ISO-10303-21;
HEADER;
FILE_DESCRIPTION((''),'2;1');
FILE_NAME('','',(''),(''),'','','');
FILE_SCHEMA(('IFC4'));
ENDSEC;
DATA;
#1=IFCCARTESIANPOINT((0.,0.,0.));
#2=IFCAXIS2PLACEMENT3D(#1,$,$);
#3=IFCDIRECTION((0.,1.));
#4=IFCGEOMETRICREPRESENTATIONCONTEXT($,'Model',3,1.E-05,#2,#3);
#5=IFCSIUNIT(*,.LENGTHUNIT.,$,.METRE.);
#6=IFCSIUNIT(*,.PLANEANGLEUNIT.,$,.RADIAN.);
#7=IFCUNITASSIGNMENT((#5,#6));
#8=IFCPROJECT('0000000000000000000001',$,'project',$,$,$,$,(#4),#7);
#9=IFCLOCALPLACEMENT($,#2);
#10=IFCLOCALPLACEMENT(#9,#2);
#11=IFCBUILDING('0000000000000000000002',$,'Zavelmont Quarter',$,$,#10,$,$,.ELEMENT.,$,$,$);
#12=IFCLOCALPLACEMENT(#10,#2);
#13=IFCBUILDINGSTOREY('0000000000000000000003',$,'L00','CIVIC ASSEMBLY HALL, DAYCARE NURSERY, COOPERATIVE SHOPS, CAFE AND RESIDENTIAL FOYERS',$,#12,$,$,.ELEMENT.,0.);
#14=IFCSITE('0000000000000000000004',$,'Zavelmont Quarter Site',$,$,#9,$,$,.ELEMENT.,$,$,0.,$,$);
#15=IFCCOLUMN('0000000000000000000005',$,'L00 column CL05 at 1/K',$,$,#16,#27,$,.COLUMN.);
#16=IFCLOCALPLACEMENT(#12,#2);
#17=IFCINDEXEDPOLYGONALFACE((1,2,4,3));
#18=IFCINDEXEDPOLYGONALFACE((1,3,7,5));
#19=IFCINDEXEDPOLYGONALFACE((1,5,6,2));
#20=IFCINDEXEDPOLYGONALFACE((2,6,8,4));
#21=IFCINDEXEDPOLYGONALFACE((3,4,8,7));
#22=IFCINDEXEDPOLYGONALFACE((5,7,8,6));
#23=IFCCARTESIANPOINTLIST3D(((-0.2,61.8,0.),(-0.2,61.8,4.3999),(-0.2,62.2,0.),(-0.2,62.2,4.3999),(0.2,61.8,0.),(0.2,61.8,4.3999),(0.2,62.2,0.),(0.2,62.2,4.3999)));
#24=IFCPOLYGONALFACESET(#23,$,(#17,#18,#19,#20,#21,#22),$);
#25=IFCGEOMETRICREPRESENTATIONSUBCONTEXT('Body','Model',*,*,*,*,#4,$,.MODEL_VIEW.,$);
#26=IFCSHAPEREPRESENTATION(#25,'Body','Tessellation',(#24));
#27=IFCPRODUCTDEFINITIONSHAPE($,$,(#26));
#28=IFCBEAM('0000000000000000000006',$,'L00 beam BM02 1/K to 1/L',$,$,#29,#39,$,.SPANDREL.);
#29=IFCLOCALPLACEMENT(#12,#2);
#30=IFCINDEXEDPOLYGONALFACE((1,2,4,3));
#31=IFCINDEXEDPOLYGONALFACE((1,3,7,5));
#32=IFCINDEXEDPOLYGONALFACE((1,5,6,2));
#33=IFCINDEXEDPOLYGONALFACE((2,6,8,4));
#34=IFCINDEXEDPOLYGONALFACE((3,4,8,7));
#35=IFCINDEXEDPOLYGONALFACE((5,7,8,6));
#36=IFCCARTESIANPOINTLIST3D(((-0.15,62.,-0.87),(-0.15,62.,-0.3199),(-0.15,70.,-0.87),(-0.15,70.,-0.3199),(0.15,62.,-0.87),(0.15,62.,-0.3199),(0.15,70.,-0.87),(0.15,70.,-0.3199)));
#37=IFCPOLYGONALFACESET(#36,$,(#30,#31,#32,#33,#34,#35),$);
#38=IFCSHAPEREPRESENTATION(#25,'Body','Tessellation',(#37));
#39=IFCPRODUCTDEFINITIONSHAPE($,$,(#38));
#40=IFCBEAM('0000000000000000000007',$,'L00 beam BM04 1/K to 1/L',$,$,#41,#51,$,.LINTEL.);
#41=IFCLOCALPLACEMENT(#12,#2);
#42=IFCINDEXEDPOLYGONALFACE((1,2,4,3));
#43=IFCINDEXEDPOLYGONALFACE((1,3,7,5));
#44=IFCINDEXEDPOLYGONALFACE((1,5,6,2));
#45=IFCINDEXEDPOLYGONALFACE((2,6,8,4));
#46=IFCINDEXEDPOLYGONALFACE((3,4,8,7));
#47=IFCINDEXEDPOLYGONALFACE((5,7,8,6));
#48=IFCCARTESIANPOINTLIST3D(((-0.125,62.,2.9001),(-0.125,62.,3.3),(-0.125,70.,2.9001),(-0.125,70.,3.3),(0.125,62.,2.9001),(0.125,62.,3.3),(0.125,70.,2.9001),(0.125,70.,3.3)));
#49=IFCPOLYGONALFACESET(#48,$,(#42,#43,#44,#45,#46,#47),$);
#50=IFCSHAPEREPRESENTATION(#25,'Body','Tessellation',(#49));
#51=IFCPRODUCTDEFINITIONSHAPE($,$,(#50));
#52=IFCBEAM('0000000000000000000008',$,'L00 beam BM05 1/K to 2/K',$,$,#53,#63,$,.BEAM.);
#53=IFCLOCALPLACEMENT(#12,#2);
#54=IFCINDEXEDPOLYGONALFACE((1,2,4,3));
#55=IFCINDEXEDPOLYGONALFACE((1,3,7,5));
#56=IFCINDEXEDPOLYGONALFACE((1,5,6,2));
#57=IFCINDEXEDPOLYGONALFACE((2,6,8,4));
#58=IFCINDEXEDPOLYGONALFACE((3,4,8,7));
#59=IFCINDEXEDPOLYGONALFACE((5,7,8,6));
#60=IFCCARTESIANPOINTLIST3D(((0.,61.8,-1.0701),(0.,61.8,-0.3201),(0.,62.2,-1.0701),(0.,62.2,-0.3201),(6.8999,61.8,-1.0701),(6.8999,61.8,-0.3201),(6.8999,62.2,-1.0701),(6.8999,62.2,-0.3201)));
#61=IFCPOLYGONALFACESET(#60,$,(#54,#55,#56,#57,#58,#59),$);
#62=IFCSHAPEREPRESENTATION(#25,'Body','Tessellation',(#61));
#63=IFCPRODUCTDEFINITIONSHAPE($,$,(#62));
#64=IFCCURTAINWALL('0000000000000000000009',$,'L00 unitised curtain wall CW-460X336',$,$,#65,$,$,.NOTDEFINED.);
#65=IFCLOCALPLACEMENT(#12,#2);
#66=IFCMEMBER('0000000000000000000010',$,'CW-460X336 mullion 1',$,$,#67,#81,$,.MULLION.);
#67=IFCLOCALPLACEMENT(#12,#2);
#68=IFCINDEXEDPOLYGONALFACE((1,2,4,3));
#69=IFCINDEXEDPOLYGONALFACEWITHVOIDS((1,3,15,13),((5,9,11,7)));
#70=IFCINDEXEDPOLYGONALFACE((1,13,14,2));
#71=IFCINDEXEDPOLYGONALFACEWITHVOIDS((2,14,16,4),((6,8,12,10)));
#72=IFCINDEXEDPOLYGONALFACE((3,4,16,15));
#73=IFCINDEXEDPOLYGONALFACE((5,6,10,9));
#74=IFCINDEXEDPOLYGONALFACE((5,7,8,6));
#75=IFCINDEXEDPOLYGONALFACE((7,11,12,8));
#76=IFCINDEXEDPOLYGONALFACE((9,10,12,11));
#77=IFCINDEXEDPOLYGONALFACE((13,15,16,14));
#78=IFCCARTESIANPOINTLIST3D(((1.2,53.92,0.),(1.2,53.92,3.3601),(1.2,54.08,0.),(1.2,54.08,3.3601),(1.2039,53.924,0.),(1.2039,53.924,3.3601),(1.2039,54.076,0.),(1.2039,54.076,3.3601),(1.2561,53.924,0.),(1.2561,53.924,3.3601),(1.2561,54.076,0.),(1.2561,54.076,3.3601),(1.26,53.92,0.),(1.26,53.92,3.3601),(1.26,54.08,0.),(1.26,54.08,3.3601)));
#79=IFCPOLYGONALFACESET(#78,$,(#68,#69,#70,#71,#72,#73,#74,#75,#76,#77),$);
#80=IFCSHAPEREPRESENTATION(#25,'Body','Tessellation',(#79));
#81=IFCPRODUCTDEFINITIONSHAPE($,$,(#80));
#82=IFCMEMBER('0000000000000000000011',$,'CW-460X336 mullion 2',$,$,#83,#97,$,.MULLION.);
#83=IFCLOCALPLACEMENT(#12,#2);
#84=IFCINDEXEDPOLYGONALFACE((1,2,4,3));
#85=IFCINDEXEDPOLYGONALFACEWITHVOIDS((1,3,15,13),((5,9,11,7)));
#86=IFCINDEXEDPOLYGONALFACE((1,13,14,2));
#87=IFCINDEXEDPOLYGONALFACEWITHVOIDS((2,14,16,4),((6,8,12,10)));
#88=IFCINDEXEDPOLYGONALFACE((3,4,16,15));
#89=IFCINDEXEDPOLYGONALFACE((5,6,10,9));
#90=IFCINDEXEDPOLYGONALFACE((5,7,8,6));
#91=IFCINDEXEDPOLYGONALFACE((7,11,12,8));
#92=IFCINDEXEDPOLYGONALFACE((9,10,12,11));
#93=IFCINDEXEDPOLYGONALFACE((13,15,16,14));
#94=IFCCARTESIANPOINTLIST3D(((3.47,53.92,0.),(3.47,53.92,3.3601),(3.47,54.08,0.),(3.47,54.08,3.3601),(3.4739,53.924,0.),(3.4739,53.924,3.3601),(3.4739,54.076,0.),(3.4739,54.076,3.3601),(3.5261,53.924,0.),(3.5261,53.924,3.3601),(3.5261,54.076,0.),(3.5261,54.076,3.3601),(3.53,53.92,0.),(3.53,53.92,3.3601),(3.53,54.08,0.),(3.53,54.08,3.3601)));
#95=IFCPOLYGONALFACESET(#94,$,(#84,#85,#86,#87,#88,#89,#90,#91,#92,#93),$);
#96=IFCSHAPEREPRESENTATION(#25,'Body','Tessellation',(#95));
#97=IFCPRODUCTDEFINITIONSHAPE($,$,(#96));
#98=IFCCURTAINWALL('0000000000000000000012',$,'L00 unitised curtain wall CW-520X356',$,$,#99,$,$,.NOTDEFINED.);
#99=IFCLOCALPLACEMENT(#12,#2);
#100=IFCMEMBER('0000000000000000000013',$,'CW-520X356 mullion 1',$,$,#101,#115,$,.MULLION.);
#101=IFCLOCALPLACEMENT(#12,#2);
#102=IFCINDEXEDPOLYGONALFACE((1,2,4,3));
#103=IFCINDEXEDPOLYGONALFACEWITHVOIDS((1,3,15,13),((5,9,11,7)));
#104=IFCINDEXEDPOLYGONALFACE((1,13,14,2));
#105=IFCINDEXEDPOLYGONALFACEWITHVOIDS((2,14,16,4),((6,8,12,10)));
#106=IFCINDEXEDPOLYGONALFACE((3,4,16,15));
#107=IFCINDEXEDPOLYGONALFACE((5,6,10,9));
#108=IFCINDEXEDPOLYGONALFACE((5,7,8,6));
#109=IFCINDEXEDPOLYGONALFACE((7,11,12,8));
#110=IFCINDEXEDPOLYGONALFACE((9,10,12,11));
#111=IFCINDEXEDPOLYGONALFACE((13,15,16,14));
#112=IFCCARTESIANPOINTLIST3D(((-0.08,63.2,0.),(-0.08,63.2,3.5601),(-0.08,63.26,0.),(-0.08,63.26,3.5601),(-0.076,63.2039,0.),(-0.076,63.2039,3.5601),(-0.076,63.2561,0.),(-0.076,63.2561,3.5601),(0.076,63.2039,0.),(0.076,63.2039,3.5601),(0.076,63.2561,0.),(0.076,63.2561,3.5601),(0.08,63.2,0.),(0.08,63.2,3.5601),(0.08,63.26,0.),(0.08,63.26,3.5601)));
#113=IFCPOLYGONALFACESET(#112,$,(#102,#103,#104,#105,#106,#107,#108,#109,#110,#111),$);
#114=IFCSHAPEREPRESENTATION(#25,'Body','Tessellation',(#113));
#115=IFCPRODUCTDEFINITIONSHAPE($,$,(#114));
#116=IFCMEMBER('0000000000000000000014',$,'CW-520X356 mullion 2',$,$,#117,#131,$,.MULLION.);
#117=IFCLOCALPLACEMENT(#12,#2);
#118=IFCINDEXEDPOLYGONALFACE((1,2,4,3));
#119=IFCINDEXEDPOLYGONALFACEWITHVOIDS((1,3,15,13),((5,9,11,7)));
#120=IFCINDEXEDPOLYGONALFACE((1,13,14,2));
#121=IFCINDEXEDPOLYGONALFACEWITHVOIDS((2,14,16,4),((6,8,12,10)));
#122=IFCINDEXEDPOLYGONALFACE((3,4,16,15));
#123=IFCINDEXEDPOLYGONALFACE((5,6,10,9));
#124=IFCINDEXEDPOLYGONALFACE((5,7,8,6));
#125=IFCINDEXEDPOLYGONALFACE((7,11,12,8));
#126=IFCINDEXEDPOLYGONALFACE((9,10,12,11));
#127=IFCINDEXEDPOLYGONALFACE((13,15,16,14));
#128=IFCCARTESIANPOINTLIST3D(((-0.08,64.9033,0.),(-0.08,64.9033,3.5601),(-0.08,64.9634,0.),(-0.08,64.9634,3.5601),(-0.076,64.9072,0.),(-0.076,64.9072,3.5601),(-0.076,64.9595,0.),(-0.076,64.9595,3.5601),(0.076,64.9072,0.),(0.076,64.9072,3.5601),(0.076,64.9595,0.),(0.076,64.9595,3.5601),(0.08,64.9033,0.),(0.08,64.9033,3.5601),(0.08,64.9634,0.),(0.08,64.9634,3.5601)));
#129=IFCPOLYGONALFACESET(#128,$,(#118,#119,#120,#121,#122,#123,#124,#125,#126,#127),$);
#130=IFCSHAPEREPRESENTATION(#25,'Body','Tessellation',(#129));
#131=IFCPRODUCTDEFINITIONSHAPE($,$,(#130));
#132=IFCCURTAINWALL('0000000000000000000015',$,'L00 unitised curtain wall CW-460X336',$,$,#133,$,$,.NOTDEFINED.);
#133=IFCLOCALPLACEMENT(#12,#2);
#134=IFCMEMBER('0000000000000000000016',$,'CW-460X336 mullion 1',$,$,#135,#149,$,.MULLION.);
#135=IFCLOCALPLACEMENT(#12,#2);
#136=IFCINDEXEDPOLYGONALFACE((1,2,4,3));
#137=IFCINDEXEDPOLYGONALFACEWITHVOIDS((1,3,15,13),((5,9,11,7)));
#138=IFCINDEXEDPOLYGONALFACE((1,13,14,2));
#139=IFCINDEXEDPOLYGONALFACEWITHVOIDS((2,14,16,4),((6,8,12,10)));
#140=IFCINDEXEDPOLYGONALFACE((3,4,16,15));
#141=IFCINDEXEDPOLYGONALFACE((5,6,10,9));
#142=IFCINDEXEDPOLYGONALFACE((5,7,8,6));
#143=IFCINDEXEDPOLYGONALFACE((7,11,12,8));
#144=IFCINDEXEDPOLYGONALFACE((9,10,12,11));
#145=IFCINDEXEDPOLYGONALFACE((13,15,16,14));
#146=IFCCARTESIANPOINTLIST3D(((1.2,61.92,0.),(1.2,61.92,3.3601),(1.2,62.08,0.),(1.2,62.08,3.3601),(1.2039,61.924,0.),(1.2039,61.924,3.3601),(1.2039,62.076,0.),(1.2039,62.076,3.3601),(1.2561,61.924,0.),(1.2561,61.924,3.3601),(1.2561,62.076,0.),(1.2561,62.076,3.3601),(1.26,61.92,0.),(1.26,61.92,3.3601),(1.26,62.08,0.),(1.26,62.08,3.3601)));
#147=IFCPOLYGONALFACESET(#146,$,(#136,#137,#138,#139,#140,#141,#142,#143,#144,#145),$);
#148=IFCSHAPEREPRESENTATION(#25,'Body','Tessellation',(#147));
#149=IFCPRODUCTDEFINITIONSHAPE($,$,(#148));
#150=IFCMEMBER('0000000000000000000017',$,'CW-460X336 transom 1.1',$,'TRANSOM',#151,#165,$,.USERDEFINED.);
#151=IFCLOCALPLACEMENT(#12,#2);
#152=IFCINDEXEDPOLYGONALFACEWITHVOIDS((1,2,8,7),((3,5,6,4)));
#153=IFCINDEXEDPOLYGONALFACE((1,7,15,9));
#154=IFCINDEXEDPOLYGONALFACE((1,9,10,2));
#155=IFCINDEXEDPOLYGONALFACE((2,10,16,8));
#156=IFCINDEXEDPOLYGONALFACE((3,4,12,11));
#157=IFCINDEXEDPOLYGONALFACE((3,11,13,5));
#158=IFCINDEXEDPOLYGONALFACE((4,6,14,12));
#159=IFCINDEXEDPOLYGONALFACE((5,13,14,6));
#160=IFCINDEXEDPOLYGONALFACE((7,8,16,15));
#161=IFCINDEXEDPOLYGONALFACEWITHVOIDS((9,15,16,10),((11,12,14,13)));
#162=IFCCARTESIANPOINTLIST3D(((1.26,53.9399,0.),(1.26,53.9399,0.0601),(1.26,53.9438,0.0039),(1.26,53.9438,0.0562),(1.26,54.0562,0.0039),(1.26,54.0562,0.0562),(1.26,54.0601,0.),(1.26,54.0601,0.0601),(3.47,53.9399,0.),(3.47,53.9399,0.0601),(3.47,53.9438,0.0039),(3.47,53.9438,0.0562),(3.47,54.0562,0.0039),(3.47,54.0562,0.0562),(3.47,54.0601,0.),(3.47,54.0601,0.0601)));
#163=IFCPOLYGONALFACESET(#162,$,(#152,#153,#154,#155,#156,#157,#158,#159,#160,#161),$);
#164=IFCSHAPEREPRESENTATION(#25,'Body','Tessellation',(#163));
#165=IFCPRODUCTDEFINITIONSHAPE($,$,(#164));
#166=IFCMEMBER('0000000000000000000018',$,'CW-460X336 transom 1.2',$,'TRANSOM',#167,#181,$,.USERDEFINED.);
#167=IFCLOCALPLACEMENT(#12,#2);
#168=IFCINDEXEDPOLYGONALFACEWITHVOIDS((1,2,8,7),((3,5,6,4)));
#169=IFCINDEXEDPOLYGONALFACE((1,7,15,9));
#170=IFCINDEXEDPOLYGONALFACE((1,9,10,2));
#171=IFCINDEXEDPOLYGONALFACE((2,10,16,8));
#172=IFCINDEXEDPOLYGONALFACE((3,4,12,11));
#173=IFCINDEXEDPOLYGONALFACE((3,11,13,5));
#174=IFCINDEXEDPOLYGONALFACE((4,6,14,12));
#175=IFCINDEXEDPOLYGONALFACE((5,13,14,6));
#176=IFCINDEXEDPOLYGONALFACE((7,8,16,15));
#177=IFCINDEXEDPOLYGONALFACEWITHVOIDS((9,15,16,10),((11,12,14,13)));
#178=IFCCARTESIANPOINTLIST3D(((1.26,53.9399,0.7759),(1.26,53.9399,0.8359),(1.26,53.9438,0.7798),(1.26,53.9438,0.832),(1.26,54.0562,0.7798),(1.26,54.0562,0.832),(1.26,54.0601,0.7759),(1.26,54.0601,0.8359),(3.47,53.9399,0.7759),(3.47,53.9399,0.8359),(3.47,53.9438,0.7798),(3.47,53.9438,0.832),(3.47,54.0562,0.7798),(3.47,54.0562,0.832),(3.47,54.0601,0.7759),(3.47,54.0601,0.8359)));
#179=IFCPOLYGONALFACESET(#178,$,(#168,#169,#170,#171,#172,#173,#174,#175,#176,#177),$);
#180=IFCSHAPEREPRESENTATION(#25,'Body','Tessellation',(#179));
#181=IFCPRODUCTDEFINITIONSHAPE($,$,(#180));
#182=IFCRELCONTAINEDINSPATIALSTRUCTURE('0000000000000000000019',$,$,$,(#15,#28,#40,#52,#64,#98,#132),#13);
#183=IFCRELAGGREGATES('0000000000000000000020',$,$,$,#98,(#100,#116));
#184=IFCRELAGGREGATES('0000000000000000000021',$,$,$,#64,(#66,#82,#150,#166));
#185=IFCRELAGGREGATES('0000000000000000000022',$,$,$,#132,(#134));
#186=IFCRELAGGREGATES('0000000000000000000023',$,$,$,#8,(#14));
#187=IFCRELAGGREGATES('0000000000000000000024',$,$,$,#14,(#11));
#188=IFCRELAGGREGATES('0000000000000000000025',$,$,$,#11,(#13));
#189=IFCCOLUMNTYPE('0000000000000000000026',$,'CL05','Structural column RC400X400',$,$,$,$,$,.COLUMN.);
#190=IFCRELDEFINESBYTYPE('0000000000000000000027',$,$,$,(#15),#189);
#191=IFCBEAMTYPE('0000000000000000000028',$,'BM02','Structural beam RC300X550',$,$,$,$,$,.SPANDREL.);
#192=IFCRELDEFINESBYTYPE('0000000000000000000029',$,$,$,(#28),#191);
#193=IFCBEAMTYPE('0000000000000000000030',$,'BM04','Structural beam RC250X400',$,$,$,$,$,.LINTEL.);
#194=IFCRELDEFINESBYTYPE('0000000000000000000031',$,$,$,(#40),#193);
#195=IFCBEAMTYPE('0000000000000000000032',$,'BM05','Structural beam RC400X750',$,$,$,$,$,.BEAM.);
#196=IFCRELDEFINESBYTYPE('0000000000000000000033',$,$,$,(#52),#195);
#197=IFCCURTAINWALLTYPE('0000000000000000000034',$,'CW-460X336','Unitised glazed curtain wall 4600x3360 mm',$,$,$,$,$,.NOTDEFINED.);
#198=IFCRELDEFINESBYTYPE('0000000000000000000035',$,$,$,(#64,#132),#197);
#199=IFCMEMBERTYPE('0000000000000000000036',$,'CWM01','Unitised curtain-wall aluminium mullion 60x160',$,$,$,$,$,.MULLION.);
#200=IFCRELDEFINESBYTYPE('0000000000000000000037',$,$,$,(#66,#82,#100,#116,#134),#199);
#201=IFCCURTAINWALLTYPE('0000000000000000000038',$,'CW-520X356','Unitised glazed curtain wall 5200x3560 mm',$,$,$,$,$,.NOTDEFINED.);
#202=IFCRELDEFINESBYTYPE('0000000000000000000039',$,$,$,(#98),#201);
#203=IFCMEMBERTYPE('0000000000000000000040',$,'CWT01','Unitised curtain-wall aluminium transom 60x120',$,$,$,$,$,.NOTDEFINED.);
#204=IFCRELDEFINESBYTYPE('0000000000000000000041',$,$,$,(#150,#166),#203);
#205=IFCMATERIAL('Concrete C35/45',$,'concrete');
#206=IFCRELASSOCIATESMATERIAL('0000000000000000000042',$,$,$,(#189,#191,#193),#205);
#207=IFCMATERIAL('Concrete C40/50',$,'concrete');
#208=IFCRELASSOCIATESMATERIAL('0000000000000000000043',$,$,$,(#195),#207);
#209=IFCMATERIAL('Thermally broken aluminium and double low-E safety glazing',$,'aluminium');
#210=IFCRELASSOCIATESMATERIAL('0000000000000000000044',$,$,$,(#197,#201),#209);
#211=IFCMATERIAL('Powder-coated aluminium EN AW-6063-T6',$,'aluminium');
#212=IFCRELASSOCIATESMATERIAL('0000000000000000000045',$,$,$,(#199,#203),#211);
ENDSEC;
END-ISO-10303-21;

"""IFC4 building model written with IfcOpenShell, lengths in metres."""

from ifc_helpers import new_model, si_unit, direction, frame, origin, origin_2d, place, context, subcontext, project, spatial, rectangle, hollow_rectangle, extrude, material, material_profile, profile_set, type_object, element, aggregate, save


model = new_model("IFC4")

# Units and contexts
model_context = context("Model", 3, precision=1e-05, world=origin(), true_north=direction((0.0, 1.0)))
body_context = subcontext(model_context, "Body", "Model", "MODEL_VIEW")
ifc_project = project(units=[si_unit("LENGTHUNIT", "METRE"), si_unit("PLANEANGLEUNIT", "RADIAN")], contexts=[model_context])

# Site, building, storey
site_placement = place(None, origin())
site = spatial("IfcSite", under=ifc_project, at=site_placement, Name="Zavelmont Quarter Site", CompositionType="ELEMENT", RefElevation=0.0)
building_placement = place(site_placement, origin())
building = spatial("IfcBuilding", under=site, at=building_placement, Name="Zavelmont Quarter", CompositionType="ELEMENT")
storey_placement = place(building_placement, origin())
storey = spatial("IfcBuildingStorey", under=building, at=storey_placement, Name="L00", Description="CIVIC ASSEMBLY HALL, DAYCARE NURSERY, COOPERATIVE SHOPS, CAFE AND RESIDENTIAL FOYERS", CompositionType="ELEMENT", Elevation=0.0)

# Column
ifc_material_1 = material(Name="Concrete C35/45", Category="concrete")
ifc_material_profile_1 = material_profile(ifc_material_1, rectangle(XDim=0.3999, YDim=0.3999, at=origin_2d()), Name="RC400X400")
ifc_profile_set_1 = profile_set([ifc_material_profile_1], Name="Concrete C35/45")
column_type = type_object("IfcColumnType", Name="CL05", Description="Structural column RC400X400", PredefinedType="COLUMN", material=ifc_profile_set_1)
column_placement = place(storey_placement, frame((0.0, 62.0, 0.0), z_axis=(0.0, 0.0, 1.0), x_axis=(1.0, 0.0, 0.0)))
element("IfcColumn", 1, at=column_placement, inside=storey, type_object=column_type, Name="L00 column CL05 at 1/K", PredefinedType="COLUMN", context=body_context, shape_type="SweptSolid", body=[
    extrude(rectangle(XDim=0.3999, YDim=0.3999, at=origin_2d()), origin(), (0.0, 0.0, 1.0), 4.3999),
])

# Beams
ifc_material_profile_2 = material_profile(ifc_material_1, rectangle(XDim=0.3, YDim=0.55, at=origin_2d()), Name="RC300X550")
ifc_profile_set_2 = profile_set([ifc_material_profile_2], Name="Concrete C35/45")
beam_type_1 = type_object("IfcBeamType", Name="BM02", Description="Structural beam RC300X550", PredefinedType="SPANDREL", material=ifc_profile_set_2)
beam_1_placement = place(storey_placement, frame((0.0, 62.0, -0.595), z_axis=(0.0, 1.0, 0.0), x_axis=(-1.0, 0.0, 0.0)))
element("IfcBeam", 2, at=beam_1_placement, inside=storey, type_object=beam_type_1, Name="L00 beam BM02 1/K to 1/L", PredefinedType="SPANDREL", context=body_context, shape_type="SweptSolid", body=[
    extrude(rectangle(XDim=0.3, YDim=0.55, at=origin_2d()), origin(), (0.0, 0.0, 1.0), 8.0),
])
ifc_material_profile_3 = material_profile(ifc_material_1, rectangle(XDim=0.25, YDim=0.3999, at=origin_2d()), Name="RC250X400")
ifc_profile_set_3 = profile_set([ifc_material_profile_3], Name="Concrete C35/45")
beam_type_2 = type_object("IfcBeamType", Name="BM04", Description="Structural beam RC250X400", PredefinedType="LINTEL", material=ifc_profile_set_3)
beam_2_placement = place(storey_placement, frame((0.0, 62.0, 3.1001), z_axis=(0.0, 1.0, 0.0), x_axis=(-1.0, 0.0, 0.0)))
element("IfcBeam", 3, at=beam_2_placement, inside=storey, type_object=beam_type_2, Name="L00 beam BM04 1/K to 1/L", PredefinedType="LINTEL", context=body_context, shape_type="SweptSolid", body=[
    extrude(rectangle(XDim=0.25, YDim=0.3999, at=origin_2d()), origin(), (0.0, 0.0, 1.0), 8.0),
])
ifc_material_2 = material(Name="Concrete C40/50", Category="concrete")
ifc_material_profile_4 = material_profile(ifc_material_2, rectangle(XDim=0.3999, YDim=0.75, at=origin_2d()), Name="RC400X750")
ifc_profile_set_4 = profile_set([ifc_material_profile_4], Name="Concrete C40/50")
beam_type_3 = type_object("IfcBeamType", Name="BM05", Description="Structural beam RC400X750", PredefinedType="BEAM", material=ifc_profile_set_4)
beam_3_placement = place(storey_placement, frame((0.0, 62.0, -0.6951), z_axis=(1.0, 0.0, 0.0), x_axis=(0.0, 1.0, 0.0)))
element("IfcBeam", 4, at=beam_3_placement, inside=storey, type_object=beam_type_3, Name="L00 beam BM05 1/K to 2/K", PredefinedType="BEAM", context=body_context, shape_type="SweptSolid", body=[
    extrude(rectangle(XDim=0.3999, YDim=0.75, at=origin_2d()), origin(), (0.0, 0.0, 1.0), 6.8999),
])

# Curtain walls, members
ifc_material_3 = material(Name="Thermally broken aluminium and double low-E safety glazing", Category="aluminium")
curtain_wall_type_1 = type_object("IfcCurtainWallType", Name="CW-460X336", Description="Unitised glazed curtain wall 4600x3360 mm", PredefinedType="NOTDEFINED", material=ifc_material_3)
curtain_wall_1_placement = place(storey_placement, origin())
curtain_wall_1 = element("IfcCurtainWall", 5, at=curtain_wall_1_placement, inside=storey, type_object=curtain_wall_type_1, Name="L00 unitised curtain wall CW-460X336", PredefinedType="NOTDEFINED")
ifc_material_4 = material(Name="Powder-coated aluminium EN AW-6063-T6", Category="aluminium")
ifc_material_profile_5 = material_profile(ifc_material_4, hollow_rectangle(XDim=0.0601, YDim=0.1599, WallThickness=0.0039, at=origin_2d()), Name="CWM60X160")
ifc_profile_set_5 = profile_set([ifc_material_profile_5], Name="Powder-coated aluminium EN AW-6063-T6")
member_type_1 = type_object("IfcMemberType", Name="CWM01", Description="Unitised curtain-wall aluminium mullion 60x160", PredefinedType="MULLION", material=ifc_profile_set_5)
member_1_placement = place(storey_placement, frame((1.23, 54.0, 0.0), z_axis=(0.0, 0.0, 1.0), x_axis=(1.0, 0.0, 0.0)))
member_1 = element("IfcMember", 6, at=member_1_placement, type_object=member_type_1, Name="CW-460X336 mullion 1", PredefinedType="MULLION", context=body_context, shape_type="SweptSolid", body=[
    extrude(hollow_rectangle(XDim=0.0601, YDim=0.1599, WallThickness=0.0039, at=origin_2d()), origin(), (0.0, 0.0, 1.0), 3.3601),
])
member_2_placement = place(storey_placement, frame((3.5, 54.0, 0.0), z_axis=(0.0, 0.0, 1.0), x_axis=(1.0, 0.0, 0.0)))
member_2 = element("IfcMember", 7, at=member_2_placement, type_object=member_type_1, Name="CW-460X336 mullion 2", PredefinedType="MULLION", context=body_context, shape_type="SweptSolid", body=[
    extrude(hollow_rectangle(XDim=0.0601, YDim=0.1599, WallThickness=0.0039, at=origin_2d()), origin(), (0.0, 0.0, 1.0), 3.3601),
])
curtain_wall_type_2 = type_object("IfcCurtainWallType", Name="CW-520X356", Description="Unitised glazed curtain wall 5200x3560 mm", PredefinedType="NOTDEFINED", material=ifc_material_3)
curtain_wall_2_placement = place(storey_placement, origin())
curtain_wall_2 = element("IfcCurtainWall", 8, at=curtain_wall_2_placement, inside=storey, type_object=curtain_wall_type_2, Name="L00 unitised curtain wall CW-520X356", PredefinedType="NOTDEFINED")
member_3_placement = place(storey_placement, frame((0.0, 63.23, 0.0), z_axis=(0.0, 0.0, 1.0), x_axis=(0.0, 1.0, 0.0)))
member_3 = element("IfcMember", 9, at=member_3_placement, type_object=member_type_1, Name="CW-520X356 mullion 1", PredefinedType="MULLION", context=body_context, shape_type="SweptSolid", body=[
    extrude(hollow_rectangle(XDim=0.0601, YDim=0.1599, WallThickness=0.0039, at=origin_2d()), origin(), (0.0, 0.0, 1.0), 3.5601),
])
member_4_placement = place(storey_placement, frame((0.0, 64.9333, 0.0), z_axis=(0.0, 0.0, 1.0), x_axis=(0.0, 1.0, 0.0)))
member_4 = element("IfcMember", 10, at=member_4_placement, type_object=member_type_1, Name="CW-520X356 mullion 2", PredefinedType="MULLION", context=body_context, shape_type="SweptSolid", body=[
    extrude(hollow_rectangle(XDim=0.0601, YDim=0.1599, WallThickness=0.0039, at=origin_2d()), origin(), (0.0, 0.0, 1.0), 3.5601),
])

# Curtain wall, member
curtain_wall_3_placement = place(storey_placement, origin())
curtain_wall_3 = element("IfcCurtainWall", 11, at=curtain_wall_3_placement, inside=storey, type_object=curtain_wall_type_1, Name="L00 unitised curtain wall CW-460X336", PredefinedType="NOTDEFINED")
member_5_placement = place(storey_placement, frame((1.23, 62.0, 0.0), z_axis=(0.0, 0.0, 1.0), x_axis=(1.0, 0.0, 0.0)))
member_5 = element("IfcMember", 12, at=member_5_placement, type_object=member_type_1, Name="CW-460X336 mullion 1", PredefinedType="MULLION", context=body_context, shape_type="SweptSolid", body=[
    extrude(hollow_rectangle(XDim=0.0601, YDim=0.1599, WallThickness=0.0039, at=origin_2d()), origin(), (0.0, 0.0, 1.0), 3.3601),
])

# Members
ifc_material_profile_6 = material_profile(ifc_material_4, hollow_rectangle(XDim=0.1201, YDim=0.0601, WallThickness=0.0039, at=origin_2d()), Name="CWT60X120")
ifc_profile_set_6 = profile_set([ifc_material_profile_6], Name="Powder-coated aluminium EN AW-6063-T6")
member_type_2 = type_object("IfcMemberType", Name="CWT01", Description="Unitised curtain-wall aluminium transom 60x120", PredefinedType="NOTDEFINED", material=ifc_profile_set_6)
member_6_placement = place(storey_placement, frame((1.26, 54.0, 0.03), z_axis=(1.0, 0.0, 0.0), x_axis=(0.0, 1.0, 0.0)))
member_6 = element("IfcMember", 13, at=member_6_placement, type_object=member_type_2, Name="CW-460X336 transom 1.1", ObjectType="TRANSOM", PredefinedType="USERDEFINED", context=body_context, shape_type="SweptSolid", body=[
    extrude(hollow_rectangle(XDim=0.1201, YDim=0.0601, WallThickness=0.0039, at=origin_2d()), origin(), (0.0, 0.0, 1.0), 2.21),
])
member_7_placement = place(storey_placement, frame((1.26, 54.0, 0.8059), z_axis=(1.0, 0.0, 0.0), x_axis=(0.0, 1.0, 0.0)))
member_7 = element("IfcMember", 14, at=member_7_placement, type_object=member_type_2, Name="CW-460X336 transom 1.2", ObjectType="TRANSOM", PredefinedType="USERDEFINED", context=body_context, shape_type="SweptSolid", body=[
    extrude(hollow_rectangle(XDim=0.1201, YDim=0.0601, WallThickness=0.0039, at=origin_2d()), origin(), (0.0, 0.0, 1.0), 2.21),
])

aggregate(curtain_wall_2, [member_3, member_4])
aggregate(curtain_wall_1, [member_1, member_2, member_6, member_7])
aggregate(curtain_wall_3, [member_5])

save(model, "model.ifc")
